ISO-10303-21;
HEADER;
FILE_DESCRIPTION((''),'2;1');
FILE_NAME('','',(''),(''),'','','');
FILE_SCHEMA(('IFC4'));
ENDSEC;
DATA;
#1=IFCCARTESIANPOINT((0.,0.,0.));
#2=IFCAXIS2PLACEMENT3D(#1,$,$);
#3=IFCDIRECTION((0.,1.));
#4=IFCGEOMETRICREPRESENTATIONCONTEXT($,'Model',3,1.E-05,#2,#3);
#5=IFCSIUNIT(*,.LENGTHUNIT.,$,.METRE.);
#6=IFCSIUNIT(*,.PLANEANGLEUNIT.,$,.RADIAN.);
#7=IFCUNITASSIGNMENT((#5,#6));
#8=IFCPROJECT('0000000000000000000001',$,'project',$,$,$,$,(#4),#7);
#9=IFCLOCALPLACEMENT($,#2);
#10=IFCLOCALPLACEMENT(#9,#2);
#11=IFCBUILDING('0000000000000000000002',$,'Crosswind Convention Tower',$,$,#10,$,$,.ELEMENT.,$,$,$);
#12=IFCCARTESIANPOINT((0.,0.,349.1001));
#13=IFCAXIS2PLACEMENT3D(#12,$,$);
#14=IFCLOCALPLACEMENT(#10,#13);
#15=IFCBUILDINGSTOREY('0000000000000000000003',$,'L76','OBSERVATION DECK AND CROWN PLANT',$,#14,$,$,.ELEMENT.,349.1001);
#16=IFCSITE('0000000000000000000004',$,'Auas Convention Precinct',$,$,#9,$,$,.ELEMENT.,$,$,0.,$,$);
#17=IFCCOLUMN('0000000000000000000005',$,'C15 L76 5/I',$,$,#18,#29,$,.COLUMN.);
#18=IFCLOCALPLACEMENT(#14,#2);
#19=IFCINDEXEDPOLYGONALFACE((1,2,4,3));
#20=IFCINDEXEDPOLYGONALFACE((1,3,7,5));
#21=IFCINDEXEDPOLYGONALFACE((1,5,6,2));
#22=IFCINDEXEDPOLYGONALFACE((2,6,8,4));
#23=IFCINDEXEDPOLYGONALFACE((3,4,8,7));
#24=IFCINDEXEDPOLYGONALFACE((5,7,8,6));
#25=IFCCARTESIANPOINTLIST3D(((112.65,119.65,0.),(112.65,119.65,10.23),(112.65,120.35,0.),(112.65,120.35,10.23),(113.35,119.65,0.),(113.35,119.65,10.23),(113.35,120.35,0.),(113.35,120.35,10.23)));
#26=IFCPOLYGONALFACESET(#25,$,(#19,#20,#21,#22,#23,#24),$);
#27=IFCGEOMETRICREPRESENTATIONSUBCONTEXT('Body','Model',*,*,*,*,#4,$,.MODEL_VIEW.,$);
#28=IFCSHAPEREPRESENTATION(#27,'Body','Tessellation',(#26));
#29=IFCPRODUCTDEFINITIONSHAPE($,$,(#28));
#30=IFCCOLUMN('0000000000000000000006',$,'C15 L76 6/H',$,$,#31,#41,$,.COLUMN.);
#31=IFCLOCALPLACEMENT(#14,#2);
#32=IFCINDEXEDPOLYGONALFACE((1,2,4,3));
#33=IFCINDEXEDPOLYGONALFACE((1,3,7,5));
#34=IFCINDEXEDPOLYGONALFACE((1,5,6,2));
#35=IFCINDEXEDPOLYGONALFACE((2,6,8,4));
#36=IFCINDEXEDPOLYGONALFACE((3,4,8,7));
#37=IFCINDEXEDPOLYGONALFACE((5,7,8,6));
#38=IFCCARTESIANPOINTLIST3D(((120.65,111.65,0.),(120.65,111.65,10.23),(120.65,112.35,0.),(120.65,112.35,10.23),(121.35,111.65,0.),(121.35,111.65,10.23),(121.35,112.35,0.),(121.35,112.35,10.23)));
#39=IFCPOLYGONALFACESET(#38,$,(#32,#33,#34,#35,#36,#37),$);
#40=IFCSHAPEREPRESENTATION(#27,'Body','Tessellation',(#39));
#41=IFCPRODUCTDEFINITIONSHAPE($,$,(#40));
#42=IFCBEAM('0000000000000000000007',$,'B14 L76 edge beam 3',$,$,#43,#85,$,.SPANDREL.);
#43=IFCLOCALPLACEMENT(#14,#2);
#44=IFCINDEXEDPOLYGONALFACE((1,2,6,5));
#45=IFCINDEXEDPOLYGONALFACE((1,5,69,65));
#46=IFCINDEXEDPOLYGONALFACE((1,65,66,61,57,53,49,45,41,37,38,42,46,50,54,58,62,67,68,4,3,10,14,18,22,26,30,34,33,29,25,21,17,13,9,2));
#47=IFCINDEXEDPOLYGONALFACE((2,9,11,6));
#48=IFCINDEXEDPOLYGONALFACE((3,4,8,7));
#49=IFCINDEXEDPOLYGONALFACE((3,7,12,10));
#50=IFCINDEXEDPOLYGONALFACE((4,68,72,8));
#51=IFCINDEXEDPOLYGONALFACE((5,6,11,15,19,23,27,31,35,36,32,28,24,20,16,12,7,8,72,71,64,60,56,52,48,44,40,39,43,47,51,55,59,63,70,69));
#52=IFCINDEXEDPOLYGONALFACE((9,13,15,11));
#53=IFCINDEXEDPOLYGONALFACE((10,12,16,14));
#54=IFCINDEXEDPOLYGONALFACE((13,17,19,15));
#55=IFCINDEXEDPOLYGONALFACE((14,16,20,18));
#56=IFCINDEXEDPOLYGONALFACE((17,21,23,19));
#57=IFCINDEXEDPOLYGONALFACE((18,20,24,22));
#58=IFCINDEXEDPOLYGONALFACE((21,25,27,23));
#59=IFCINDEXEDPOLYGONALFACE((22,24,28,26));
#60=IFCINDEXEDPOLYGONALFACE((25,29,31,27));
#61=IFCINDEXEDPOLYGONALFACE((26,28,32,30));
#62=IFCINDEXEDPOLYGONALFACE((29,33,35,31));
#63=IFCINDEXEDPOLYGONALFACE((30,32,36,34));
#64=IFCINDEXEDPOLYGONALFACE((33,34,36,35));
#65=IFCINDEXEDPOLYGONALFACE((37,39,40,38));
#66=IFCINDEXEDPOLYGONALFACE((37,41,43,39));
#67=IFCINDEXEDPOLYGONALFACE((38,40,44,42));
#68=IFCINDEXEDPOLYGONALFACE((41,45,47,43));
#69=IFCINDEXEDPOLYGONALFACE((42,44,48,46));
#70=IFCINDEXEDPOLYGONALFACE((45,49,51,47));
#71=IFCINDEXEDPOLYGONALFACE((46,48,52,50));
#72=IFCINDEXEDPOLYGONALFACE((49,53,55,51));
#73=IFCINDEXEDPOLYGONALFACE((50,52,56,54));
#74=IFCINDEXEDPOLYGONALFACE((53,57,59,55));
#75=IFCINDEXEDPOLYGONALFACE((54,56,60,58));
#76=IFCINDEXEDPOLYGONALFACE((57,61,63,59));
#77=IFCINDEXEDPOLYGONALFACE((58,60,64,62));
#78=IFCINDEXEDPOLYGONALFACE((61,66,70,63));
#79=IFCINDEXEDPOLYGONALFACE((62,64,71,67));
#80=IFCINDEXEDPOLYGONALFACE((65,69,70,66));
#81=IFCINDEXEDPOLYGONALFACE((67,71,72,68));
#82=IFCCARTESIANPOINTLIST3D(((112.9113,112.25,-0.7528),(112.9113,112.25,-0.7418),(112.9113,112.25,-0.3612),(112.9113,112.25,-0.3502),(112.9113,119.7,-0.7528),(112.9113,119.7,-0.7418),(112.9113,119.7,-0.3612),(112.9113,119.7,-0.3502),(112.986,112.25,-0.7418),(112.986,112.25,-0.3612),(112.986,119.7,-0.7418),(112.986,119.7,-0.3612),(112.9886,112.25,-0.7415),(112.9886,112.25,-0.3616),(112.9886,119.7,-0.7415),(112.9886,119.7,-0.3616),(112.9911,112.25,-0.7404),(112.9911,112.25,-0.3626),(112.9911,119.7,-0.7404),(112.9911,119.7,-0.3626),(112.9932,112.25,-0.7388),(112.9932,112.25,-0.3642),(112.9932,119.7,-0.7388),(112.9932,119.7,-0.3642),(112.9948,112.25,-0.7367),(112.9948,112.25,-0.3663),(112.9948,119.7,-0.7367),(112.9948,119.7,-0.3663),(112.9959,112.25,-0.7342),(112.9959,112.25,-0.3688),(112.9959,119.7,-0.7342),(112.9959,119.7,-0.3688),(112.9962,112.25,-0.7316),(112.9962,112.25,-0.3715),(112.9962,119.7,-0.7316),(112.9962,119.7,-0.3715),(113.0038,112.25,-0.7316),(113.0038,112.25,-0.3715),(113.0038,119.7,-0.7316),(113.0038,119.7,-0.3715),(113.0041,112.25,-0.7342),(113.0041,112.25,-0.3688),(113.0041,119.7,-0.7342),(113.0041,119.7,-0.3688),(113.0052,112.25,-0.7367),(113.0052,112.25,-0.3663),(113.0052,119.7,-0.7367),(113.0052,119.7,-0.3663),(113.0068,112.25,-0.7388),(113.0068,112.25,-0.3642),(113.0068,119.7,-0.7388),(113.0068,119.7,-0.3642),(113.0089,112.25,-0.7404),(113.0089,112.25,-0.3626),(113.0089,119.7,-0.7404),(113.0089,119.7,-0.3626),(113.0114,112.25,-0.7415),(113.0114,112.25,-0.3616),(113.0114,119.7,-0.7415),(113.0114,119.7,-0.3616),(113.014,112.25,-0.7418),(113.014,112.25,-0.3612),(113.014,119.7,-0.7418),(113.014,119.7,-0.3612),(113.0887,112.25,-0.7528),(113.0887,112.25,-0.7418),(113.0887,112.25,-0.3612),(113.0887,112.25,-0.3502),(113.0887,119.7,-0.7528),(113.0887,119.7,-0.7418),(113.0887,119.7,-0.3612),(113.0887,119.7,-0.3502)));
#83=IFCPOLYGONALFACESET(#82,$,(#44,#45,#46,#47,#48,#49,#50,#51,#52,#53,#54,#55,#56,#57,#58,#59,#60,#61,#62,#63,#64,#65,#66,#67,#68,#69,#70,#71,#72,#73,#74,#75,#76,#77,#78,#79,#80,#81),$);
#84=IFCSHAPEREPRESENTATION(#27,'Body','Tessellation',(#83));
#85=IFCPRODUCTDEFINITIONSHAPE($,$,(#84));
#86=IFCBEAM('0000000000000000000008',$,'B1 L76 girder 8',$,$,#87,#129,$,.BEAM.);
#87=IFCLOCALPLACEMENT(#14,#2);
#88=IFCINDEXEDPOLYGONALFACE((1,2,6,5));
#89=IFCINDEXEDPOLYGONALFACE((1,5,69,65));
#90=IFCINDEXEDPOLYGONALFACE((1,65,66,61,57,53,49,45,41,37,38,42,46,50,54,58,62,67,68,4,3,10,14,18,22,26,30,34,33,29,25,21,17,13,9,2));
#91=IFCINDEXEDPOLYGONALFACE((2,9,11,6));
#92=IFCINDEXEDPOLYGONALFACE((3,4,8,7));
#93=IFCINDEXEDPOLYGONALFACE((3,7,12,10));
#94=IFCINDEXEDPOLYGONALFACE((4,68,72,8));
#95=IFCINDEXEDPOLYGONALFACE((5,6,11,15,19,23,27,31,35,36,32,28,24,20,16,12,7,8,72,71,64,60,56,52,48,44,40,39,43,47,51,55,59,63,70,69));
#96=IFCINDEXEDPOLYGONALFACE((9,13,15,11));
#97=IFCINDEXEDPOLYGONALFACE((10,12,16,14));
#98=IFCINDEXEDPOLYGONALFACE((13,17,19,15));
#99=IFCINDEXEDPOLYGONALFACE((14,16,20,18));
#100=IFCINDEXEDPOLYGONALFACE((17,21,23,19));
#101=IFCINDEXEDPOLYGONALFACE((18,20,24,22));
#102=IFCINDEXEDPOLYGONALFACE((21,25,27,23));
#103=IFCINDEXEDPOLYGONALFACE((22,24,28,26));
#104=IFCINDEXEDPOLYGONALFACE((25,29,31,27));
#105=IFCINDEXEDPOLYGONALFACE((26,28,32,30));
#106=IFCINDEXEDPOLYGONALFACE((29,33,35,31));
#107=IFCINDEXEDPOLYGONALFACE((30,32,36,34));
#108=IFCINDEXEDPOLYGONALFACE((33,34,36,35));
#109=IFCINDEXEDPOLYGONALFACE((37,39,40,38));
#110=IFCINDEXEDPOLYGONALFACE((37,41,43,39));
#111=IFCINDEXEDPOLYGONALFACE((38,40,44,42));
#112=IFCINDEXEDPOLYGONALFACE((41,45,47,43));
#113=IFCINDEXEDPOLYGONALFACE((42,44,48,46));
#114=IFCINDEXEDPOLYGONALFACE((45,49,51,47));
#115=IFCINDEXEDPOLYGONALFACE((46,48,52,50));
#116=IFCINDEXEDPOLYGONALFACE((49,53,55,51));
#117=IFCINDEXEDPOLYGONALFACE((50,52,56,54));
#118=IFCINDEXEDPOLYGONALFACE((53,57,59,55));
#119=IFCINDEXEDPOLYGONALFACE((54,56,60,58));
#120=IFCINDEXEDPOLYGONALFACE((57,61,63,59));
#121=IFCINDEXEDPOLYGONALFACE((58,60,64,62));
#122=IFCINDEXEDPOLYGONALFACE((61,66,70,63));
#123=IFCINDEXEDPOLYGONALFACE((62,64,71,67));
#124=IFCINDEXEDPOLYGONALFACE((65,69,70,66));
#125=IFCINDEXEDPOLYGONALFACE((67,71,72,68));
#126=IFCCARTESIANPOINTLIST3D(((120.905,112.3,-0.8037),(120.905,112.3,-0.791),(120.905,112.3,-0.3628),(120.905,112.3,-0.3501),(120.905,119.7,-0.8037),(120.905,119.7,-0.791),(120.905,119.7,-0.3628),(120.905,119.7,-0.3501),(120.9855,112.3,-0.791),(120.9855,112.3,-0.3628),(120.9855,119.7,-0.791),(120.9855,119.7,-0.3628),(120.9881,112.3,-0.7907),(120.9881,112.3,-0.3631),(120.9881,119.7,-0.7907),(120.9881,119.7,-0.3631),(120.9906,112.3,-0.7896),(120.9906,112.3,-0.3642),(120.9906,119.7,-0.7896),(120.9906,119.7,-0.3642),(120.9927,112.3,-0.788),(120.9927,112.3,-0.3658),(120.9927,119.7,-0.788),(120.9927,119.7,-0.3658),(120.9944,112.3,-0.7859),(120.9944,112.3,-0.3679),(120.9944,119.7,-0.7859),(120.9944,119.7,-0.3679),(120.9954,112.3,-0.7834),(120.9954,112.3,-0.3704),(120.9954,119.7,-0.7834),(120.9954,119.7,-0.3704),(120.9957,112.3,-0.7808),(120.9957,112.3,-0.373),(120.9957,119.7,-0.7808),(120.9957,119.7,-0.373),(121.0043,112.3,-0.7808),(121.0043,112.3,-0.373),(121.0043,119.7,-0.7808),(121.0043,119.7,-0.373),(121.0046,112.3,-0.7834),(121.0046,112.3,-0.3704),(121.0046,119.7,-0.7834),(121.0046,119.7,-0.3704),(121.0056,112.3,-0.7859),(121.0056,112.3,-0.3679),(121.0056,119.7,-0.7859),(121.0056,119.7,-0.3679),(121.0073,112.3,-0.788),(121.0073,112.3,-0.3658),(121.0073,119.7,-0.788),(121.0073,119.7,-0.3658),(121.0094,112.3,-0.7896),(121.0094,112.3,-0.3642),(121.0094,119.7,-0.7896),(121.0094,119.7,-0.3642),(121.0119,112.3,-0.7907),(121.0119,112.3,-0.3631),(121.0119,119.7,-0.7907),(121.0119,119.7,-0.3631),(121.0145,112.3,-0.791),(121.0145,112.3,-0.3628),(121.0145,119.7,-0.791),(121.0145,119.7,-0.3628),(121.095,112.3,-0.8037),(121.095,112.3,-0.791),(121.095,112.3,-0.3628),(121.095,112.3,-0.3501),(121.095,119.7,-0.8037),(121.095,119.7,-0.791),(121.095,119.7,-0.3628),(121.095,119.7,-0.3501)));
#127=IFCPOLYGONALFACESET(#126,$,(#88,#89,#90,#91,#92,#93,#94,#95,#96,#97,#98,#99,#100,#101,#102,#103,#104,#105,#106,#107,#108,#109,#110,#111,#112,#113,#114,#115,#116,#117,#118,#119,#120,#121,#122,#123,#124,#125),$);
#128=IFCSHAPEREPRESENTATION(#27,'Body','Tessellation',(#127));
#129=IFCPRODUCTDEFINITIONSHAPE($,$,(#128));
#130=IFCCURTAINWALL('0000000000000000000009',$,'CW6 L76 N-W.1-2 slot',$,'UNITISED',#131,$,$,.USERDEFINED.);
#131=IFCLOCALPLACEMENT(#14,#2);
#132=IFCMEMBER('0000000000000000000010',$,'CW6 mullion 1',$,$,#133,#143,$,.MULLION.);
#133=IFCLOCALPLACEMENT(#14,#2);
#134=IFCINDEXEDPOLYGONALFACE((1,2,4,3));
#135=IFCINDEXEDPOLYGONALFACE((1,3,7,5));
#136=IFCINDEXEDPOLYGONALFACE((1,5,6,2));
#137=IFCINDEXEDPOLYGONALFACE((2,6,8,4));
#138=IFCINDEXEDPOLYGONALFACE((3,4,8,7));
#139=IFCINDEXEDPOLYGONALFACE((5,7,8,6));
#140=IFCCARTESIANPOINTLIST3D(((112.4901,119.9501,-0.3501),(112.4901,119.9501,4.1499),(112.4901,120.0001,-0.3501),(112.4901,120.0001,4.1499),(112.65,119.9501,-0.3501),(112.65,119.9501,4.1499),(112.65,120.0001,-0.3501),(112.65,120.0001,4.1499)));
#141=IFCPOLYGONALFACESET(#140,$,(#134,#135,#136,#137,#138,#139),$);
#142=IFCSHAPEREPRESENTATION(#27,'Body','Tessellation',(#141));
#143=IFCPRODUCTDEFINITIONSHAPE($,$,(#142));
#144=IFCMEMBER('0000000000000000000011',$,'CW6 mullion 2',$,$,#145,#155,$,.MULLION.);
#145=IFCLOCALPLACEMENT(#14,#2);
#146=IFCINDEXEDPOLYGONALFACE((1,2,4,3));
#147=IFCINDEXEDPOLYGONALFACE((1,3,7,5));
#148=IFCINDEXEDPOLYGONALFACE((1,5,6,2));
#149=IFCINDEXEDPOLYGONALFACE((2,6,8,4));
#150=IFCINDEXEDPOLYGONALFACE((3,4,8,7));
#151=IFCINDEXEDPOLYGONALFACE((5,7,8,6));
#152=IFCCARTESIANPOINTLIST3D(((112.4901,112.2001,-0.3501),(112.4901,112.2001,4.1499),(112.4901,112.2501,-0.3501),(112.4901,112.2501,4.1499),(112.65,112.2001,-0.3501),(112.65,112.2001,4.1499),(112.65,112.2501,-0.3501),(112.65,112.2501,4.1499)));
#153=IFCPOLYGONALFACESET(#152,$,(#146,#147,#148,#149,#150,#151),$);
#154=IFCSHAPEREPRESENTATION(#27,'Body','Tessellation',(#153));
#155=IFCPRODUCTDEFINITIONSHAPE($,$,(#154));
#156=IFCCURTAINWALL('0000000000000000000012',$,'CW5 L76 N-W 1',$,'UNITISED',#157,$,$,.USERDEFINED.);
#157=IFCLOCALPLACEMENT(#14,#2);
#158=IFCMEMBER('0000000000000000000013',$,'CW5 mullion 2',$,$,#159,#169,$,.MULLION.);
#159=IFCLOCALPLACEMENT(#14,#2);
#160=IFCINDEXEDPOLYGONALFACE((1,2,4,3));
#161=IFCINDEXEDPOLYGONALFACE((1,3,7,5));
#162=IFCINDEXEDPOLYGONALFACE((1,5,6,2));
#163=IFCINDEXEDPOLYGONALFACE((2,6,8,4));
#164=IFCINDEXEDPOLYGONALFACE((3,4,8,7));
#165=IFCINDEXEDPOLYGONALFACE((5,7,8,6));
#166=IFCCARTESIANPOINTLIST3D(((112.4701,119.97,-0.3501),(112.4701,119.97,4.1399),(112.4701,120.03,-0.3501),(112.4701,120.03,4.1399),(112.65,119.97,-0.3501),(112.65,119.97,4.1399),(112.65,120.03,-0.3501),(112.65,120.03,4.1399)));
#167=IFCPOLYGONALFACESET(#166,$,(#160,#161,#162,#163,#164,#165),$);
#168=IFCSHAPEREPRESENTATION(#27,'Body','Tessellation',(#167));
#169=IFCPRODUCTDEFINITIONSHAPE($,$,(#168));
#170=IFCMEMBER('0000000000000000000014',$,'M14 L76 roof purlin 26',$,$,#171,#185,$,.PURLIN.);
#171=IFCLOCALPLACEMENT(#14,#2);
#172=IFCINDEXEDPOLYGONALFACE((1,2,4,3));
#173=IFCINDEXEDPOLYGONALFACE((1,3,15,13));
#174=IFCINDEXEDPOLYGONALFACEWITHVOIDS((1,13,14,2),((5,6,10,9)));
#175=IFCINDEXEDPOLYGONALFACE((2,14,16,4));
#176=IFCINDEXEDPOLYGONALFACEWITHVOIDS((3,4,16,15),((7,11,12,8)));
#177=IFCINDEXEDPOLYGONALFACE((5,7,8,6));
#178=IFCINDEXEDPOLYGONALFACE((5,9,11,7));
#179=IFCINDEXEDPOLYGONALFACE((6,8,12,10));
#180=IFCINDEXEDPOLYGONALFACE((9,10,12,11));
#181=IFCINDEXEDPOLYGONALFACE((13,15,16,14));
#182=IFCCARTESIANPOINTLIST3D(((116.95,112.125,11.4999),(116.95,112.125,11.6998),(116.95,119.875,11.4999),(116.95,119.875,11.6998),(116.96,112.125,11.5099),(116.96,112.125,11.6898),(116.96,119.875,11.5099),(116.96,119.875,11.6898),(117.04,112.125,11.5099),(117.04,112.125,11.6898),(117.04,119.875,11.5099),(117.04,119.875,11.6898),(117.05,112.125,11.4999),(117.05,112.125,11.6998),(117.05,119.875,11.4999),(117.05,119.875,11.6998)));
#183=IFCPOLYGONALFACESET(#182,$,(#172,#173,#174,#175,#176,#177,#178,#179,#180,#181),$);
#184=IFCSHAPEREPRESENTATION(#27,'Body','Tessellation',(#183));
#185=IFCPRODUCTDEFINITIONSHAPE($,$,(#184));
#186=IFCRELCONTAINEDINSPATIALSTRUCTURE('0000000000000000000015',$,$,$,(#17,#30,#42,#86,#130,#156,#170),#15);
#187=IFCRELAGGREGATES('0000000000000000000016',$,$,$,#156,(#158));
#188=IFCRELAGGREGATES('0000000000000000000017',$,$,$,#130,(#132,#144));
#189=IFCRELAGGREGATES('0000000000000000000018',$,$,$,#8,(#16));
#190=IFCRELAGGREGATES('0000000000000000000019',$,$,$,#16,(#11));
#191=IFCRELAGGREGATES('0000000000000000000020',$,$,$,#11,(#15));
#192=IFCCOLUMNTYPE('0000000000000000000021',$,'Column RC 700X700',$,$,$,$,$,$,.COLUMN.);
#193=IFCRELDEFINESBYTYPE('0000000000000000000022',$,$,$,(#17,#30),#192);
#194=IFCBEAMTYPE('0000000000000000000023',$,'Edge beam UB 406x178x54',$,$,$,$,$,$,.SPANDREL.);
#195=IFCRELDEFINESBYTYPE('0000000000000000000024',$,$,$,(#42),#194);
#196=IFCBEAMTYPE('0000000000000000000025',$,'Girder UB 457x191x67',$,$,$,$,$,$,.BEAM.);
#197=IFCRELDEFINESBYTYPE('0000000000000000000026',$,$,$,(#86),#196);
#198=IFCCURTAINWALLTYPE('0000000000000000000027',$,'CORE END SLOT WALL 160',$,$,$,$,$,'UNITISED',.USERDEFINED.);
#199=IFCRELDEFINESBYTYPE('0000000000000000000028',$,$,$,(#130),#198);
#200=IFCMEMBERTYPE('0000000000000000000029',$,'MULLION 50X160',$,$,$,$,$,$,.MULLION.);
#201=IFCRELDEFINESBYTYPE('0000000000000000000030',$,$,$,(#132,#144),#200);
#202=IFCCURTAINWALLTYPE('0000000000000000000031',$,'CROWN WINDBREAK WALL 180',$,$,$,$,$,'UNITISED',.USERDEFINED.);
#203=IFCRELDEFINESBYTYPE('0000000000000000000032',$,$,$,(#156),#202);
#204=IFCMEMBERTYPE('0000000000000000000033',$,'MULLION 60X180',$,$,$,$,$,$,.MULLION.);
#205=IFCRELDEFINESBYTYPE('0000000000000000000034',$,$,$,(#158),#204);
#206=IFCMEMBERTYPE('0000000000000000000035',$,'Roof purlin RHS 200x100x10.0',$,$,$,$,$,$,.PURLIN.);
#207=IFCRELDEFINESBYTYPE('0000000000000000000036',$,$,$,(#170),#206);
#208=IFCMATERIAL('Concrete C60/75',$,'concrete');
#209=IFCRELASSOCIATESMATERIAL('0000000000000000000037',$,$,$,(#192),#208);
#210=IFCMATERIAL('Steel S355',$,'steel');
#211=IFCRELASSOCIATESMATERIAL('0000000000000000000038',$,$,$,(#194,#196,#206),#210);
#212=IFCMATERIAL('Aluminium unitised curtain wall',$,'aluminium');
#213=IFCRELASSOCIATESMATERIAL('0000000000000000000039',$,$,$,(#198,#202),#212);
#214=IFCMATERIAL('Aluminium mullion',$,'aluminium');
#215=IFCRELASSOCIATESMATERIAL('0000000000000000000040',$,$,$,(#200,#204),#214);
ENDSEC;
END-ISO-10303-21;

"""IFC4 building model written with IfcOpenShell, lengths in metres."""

from ifc_helpers import new_model, si_unit, direction, frame, origin, origin_2d, place, context, subcontext, project, spatial, rectangle, hollow_rectangle, i_section, extrude, material, material_profile, profile_set, type_object, element, aggregate, save


model = new_model("IFC4")

# Units and contexts
model_context = context("Model", 3, precision=1e-05, world=origin(), true_north=direction((0.0, 1.0)))
body_context = subcontext(model_context, "Body", "Model", "MODEL_VIEW")
ifc_project = project(units=[si_unit("LENGTHUNIT", "METRE"), si_unit("PLANEANGLEUNIT", "RADIAN")], contexts=[model_context])

# Site, building, storey
site_placement = place(None, origin())
site = spatial("IfcSite", under=ifc_project, at=site_placement, Name="Auas Convention Precinct", CompositionType="ELEMENT", RefElevation=0.0)
building_placement = place(site_placement, origin())
building = spatial("IfcBuilding", under=site, at=building_placement, Name="Crosswind Convention Tower", CompositionType="ELEMENT")
storey_placement = place(building_placement, frame((0.0, 0.0, 349.1001)))
storey = spatial("IfcBuildingStorey", under=building, at=storey_placement, Name="L76", Description="OBSERVATION DECK AND CROWN PLANT", CompositionType="ELEMENT", Elevation=349.1001)

# Columns
ifc_material_1 = material(Name="Concrete C60/75", Category="concrete")
ifc_material_profile_1 = material_profile(ifc_material_1, rectangle(XDim=0.7, YDim=0.7, at=origin_2d()), Name="RC 700X700")
ifc_profile_set_1 = profile_set([ifc_material_profile_1], Name="Concrete C60/75")
column_type = type_object("IfcColumnType", Name="Column RC 700X700", PredefinedType="COLUMN", material=ifc_profile_set_1)
for number, where, z_axis, x_axis, name in (
    (1, (113.0, 120.0, 0.0), (0.0, 0.0, 1.0), (1.0, 0.0, 0.0), "C15 L76 5/I"),
    (2, (121.0, 112.0, 0.0), (0.0, 0.0, 1.0), (1.0, 0.0, 0.0), "C15 L76 6/H"),
):
    element("IfcColumn", number, at=place(storey_placement, frame(where, z_axis=z_axis, x_axis=x_axis)), inside=storey, type_object=column_type, Name=name, PredefinedType="COLUMN", context=body_context, shape_type="SweptSolid", body=[
        extrude(rectangle(XDim=0.7, YDim=0.7, at=origin_2d()), origin(), (0.0, 0.0, 1.0), 10.23),
    ])

# Beams
ifc_material_2 = material(Name="Steel S355", Category="steel")
ifc_material_profile_2 = material_profile(ifc_material_2, i_section(OverallWidth=0.1775, OverallDepth=0.4026, WebThickness=0.0076, FlangeThickness=0.011, FilletRadius=0.0103, at=origin_2d()), Name="UB 406x178x54")
ifc_profile_set_2 = profile_set([ifc_material_profile_2], Name="Steel S355")
beam_type_1 = type_object("IfcBeamType", Name="Edge beam UB 406x178x54", PredefinedType="SPANDREL", material=ifc_profile_set_2)
beam_1_placement = place(storey_placement, frame((113.0, 112.25, -0.5515), z_axis=(0.0, 1.0, 0.0), x_axis=(-1.0, 0.0, 0.0)))
element("IfcBeam", 3, at=beam_1_placement, inside=storey, type_object=beam_type_1, Name="B14 L76 edge beam 3", PredefinedType="SPANDREL", context=body_context, shape_type="SweptSolid", body=[
    extrude(i_section(OverallWidth=0.1775, OverallDepth=0.4026, WebThickness=0.0076, FlangeThickness=0.011, FilletRadius=0.0103, at=origin_2d()), origin(), (0.0, 0.0, 1.0), 7.45),
])
ifc_material_profile_3 = material_profile(ifc_material_2, i_section(OverallWidth=0.1899, OverallDepth=0.4536, WebThickness=0.0085, FlangeThickness=0.0127, FilletRadius=0.0103, at=origin_2d()), Name="UB 457x191x67")
ifc_profile_set_3 = profile_set([ifc_material_profile_3], Name="Steel S355")
beam_type_2 = type_object("IfcBeamType", Name="Girder UB 457x191x67", PredefinedType="BEAM", material=ifc_profile_set_3)
beam_2_placement = place(storey_placement, frame((121.0, 112.3, -0.5769), z_axis=(0.0, 1.0, 0.0), x_axis=(-1.0, 0.0, 0.0)))
element("IfcBeam", 4, at=beam_2_placement, inside=storey, type_object=beam_type_2, Name="B1 L76 girder 8", PredefinedType="BEAM", context=body_context, shape_type="SweptSolid", body=[
    extrude(i_section(OverallWidth=0.1899, OverallDepth=0.4536, WebThickness=0.0085, FlangeThickness=0.0127, FilletRadius=0.0103, at=origin_2d()), origin(), (0.0, 0.0, 1.0), 7.3999),
])

# Curtain wall, members
ifc_material_3 = material(Name="Aluminium unitised curtain wall", Category="aluminium")
curtain_wall_type_1 = type_object("IfcCurtainWallType", Name="CORE END SLOT WALL 160", ElementType="UNITISED", PredefinedType="USERDEFINED", material=ifc_material_3)
curtain_wall_1_placement = place(storey_placement, origin())
curtain_wall_1 = element("IfcCurtainWall", 5, at=curtain_wall_1_placement, inside=storey, type_object=curtain_wall_type_1, Name="CW6 L76 N-W.1-2 slot", ObjectType="UNITISED", PredefinedType="USERDEFINED")
ifc_material_4 = material(Name="Aluminium mullion", Category="aluminium")
ifc_material_profile_4 = material_profile(ifc_material_4, rectangle(XDim=0.1599, YDim=0.05, at=origin_2d()), Name="AL 160X50")
ifc_profile_set_4 = profile_set([ifc_material_profile_4], Name="Aluminium mullion")
member_type_1 = type_object("IfcMemberType", Name="MULLION 50X160", PredefinedType="MULLION", material=ifc_profile_set_4)
member_1_placement = place(storey_placement, frame((112.5701, 119.9751, -0.3501), z_axis=(0.0, 0.0, 1.0), x_axis=(-1.0, 0.0, 0.0)))
member_1 = element("IfcMember", 6, at=member_1_placement, type_object=member_type_1, Name="CW6 mullion 1", PredefinedType="MULLION", context=body_context, shape_type="SweptSolid", body=[
    extrude(rectangle(XDim=0.1599, YDim=0.05, at=origin_2d()), origin(), (0.0, 0.0, 1.0), 4.5),
])
member_2_placement = place(storey_placement, frame((112.5701, 112.2251, -0.3501), z_axis=(0.0, 0.0, 1.0), x_axis=(-1.0, 0.0, 0.0)))
member_2 = element("IfcMember", 7, at=member_2_placement, type_object=member_type_1, Name="CW6 mullion 2", PredefinedType="MULLION", context=body_context, shape_type="SweptSolid", body=[
    extrude(rectangle(XDim=0.1599, YDim=0.05, at=origin_2d()), origin(), (0.0, 0.0, 1.0), 4.5),
])

# Curtain wall, member
curtain_wall_type_2 = type_object("IfcCurtainWallType", Name="CROWN WINDBREAK WALL 180", ElementType="UNITISED", PredefinedType="USERDEFINED", material=ifc_material_3)
curtain_wall_2_placement = place(storey_placement, origin())
curtain_wall_2 = element("IfcCurtainWall", 8, at=curtain_wall_2_placement, inside=storey, type_object=curtain_wall_type_2, Name="CW5 L76 N-W 1", ObjectType="UNITISED", PredefinedType="USERDEFINED")
ifc_material_profile_5 = material_profile(ifc_material_4, rectangle(XDim=0.1799, YDim=0.0601, at=origin_2d()), Name="AL 180X60")
ifc_profile_set_5 = profile_set([ifc_material_profile_5], Name="Aluminium mullion")
member_type_2 = type_object("IfcMemberType", Name="MULLION 60X180", PredefinedType="MULLION", material=ifc_profile_set_5)
member_3_placement = place(storey_placement, frame((112.5601, 120.0, -0.3501), z_axis=(0.0, 0.0, 1.0), x_axis=(-1.0, 0.0, 0.0)))
member_3 = element("IfcMember", 9, at=member_3_placement, type_object=member_type_2, Name="CW5 mullion 2", PredefinedType="MULLION", context=body_context, shape_type="SweptSolid", body=[
    extrude(rectangle(XDim=0.1799, YDim=0.0601, at=origin_2d()), origin(), (0.0, 0.0, 1.0), 4.49),
])
aggregate(curtain_wall_2, [member_3])

# Member
ifc_material_profile_6 = material_profile(ifc_material_2, hollow_rectangle(XDim=0.1001, YDim=0.2, WallThickness=0.01, at=origin_2d()), Name="RHS 200x100x10.0")
ifc_profile_set_6 = profile_set([ifc_material_profile_6], Name="Steel S355")
member_type_3 = type_object("IfcMemberType", Name="Roof purlin RHS 200x100x10.0", PredefinedType="PURLIN", material=ifc_profile_set_6)
member_4_placement = place(storey_placement, frame((117.0, 112.125, 11.5999), z_axis=(0.0, 1.0, 0.0), x_axis=(-1.0, 0.0, 0.0)))
element("IfcMember", 10, at=member_4_placement, inside=storey, type_object=member_type_3, Name="M14 L76 roof purlin 26", PredefinedType="PURLIN", context=body_context, shape_type="SweptSolid", body=[
    extrude(hollow_rectangle(XDim=0.1001, YDim=0.2, WallThickness=0.01, at=origin_2d()), origin(), (0.0, 0.0, 1.0), 7.75),
])

aggregate(curtain_wall_1, [member_1, member_2])

save(model, "model.ifc")
